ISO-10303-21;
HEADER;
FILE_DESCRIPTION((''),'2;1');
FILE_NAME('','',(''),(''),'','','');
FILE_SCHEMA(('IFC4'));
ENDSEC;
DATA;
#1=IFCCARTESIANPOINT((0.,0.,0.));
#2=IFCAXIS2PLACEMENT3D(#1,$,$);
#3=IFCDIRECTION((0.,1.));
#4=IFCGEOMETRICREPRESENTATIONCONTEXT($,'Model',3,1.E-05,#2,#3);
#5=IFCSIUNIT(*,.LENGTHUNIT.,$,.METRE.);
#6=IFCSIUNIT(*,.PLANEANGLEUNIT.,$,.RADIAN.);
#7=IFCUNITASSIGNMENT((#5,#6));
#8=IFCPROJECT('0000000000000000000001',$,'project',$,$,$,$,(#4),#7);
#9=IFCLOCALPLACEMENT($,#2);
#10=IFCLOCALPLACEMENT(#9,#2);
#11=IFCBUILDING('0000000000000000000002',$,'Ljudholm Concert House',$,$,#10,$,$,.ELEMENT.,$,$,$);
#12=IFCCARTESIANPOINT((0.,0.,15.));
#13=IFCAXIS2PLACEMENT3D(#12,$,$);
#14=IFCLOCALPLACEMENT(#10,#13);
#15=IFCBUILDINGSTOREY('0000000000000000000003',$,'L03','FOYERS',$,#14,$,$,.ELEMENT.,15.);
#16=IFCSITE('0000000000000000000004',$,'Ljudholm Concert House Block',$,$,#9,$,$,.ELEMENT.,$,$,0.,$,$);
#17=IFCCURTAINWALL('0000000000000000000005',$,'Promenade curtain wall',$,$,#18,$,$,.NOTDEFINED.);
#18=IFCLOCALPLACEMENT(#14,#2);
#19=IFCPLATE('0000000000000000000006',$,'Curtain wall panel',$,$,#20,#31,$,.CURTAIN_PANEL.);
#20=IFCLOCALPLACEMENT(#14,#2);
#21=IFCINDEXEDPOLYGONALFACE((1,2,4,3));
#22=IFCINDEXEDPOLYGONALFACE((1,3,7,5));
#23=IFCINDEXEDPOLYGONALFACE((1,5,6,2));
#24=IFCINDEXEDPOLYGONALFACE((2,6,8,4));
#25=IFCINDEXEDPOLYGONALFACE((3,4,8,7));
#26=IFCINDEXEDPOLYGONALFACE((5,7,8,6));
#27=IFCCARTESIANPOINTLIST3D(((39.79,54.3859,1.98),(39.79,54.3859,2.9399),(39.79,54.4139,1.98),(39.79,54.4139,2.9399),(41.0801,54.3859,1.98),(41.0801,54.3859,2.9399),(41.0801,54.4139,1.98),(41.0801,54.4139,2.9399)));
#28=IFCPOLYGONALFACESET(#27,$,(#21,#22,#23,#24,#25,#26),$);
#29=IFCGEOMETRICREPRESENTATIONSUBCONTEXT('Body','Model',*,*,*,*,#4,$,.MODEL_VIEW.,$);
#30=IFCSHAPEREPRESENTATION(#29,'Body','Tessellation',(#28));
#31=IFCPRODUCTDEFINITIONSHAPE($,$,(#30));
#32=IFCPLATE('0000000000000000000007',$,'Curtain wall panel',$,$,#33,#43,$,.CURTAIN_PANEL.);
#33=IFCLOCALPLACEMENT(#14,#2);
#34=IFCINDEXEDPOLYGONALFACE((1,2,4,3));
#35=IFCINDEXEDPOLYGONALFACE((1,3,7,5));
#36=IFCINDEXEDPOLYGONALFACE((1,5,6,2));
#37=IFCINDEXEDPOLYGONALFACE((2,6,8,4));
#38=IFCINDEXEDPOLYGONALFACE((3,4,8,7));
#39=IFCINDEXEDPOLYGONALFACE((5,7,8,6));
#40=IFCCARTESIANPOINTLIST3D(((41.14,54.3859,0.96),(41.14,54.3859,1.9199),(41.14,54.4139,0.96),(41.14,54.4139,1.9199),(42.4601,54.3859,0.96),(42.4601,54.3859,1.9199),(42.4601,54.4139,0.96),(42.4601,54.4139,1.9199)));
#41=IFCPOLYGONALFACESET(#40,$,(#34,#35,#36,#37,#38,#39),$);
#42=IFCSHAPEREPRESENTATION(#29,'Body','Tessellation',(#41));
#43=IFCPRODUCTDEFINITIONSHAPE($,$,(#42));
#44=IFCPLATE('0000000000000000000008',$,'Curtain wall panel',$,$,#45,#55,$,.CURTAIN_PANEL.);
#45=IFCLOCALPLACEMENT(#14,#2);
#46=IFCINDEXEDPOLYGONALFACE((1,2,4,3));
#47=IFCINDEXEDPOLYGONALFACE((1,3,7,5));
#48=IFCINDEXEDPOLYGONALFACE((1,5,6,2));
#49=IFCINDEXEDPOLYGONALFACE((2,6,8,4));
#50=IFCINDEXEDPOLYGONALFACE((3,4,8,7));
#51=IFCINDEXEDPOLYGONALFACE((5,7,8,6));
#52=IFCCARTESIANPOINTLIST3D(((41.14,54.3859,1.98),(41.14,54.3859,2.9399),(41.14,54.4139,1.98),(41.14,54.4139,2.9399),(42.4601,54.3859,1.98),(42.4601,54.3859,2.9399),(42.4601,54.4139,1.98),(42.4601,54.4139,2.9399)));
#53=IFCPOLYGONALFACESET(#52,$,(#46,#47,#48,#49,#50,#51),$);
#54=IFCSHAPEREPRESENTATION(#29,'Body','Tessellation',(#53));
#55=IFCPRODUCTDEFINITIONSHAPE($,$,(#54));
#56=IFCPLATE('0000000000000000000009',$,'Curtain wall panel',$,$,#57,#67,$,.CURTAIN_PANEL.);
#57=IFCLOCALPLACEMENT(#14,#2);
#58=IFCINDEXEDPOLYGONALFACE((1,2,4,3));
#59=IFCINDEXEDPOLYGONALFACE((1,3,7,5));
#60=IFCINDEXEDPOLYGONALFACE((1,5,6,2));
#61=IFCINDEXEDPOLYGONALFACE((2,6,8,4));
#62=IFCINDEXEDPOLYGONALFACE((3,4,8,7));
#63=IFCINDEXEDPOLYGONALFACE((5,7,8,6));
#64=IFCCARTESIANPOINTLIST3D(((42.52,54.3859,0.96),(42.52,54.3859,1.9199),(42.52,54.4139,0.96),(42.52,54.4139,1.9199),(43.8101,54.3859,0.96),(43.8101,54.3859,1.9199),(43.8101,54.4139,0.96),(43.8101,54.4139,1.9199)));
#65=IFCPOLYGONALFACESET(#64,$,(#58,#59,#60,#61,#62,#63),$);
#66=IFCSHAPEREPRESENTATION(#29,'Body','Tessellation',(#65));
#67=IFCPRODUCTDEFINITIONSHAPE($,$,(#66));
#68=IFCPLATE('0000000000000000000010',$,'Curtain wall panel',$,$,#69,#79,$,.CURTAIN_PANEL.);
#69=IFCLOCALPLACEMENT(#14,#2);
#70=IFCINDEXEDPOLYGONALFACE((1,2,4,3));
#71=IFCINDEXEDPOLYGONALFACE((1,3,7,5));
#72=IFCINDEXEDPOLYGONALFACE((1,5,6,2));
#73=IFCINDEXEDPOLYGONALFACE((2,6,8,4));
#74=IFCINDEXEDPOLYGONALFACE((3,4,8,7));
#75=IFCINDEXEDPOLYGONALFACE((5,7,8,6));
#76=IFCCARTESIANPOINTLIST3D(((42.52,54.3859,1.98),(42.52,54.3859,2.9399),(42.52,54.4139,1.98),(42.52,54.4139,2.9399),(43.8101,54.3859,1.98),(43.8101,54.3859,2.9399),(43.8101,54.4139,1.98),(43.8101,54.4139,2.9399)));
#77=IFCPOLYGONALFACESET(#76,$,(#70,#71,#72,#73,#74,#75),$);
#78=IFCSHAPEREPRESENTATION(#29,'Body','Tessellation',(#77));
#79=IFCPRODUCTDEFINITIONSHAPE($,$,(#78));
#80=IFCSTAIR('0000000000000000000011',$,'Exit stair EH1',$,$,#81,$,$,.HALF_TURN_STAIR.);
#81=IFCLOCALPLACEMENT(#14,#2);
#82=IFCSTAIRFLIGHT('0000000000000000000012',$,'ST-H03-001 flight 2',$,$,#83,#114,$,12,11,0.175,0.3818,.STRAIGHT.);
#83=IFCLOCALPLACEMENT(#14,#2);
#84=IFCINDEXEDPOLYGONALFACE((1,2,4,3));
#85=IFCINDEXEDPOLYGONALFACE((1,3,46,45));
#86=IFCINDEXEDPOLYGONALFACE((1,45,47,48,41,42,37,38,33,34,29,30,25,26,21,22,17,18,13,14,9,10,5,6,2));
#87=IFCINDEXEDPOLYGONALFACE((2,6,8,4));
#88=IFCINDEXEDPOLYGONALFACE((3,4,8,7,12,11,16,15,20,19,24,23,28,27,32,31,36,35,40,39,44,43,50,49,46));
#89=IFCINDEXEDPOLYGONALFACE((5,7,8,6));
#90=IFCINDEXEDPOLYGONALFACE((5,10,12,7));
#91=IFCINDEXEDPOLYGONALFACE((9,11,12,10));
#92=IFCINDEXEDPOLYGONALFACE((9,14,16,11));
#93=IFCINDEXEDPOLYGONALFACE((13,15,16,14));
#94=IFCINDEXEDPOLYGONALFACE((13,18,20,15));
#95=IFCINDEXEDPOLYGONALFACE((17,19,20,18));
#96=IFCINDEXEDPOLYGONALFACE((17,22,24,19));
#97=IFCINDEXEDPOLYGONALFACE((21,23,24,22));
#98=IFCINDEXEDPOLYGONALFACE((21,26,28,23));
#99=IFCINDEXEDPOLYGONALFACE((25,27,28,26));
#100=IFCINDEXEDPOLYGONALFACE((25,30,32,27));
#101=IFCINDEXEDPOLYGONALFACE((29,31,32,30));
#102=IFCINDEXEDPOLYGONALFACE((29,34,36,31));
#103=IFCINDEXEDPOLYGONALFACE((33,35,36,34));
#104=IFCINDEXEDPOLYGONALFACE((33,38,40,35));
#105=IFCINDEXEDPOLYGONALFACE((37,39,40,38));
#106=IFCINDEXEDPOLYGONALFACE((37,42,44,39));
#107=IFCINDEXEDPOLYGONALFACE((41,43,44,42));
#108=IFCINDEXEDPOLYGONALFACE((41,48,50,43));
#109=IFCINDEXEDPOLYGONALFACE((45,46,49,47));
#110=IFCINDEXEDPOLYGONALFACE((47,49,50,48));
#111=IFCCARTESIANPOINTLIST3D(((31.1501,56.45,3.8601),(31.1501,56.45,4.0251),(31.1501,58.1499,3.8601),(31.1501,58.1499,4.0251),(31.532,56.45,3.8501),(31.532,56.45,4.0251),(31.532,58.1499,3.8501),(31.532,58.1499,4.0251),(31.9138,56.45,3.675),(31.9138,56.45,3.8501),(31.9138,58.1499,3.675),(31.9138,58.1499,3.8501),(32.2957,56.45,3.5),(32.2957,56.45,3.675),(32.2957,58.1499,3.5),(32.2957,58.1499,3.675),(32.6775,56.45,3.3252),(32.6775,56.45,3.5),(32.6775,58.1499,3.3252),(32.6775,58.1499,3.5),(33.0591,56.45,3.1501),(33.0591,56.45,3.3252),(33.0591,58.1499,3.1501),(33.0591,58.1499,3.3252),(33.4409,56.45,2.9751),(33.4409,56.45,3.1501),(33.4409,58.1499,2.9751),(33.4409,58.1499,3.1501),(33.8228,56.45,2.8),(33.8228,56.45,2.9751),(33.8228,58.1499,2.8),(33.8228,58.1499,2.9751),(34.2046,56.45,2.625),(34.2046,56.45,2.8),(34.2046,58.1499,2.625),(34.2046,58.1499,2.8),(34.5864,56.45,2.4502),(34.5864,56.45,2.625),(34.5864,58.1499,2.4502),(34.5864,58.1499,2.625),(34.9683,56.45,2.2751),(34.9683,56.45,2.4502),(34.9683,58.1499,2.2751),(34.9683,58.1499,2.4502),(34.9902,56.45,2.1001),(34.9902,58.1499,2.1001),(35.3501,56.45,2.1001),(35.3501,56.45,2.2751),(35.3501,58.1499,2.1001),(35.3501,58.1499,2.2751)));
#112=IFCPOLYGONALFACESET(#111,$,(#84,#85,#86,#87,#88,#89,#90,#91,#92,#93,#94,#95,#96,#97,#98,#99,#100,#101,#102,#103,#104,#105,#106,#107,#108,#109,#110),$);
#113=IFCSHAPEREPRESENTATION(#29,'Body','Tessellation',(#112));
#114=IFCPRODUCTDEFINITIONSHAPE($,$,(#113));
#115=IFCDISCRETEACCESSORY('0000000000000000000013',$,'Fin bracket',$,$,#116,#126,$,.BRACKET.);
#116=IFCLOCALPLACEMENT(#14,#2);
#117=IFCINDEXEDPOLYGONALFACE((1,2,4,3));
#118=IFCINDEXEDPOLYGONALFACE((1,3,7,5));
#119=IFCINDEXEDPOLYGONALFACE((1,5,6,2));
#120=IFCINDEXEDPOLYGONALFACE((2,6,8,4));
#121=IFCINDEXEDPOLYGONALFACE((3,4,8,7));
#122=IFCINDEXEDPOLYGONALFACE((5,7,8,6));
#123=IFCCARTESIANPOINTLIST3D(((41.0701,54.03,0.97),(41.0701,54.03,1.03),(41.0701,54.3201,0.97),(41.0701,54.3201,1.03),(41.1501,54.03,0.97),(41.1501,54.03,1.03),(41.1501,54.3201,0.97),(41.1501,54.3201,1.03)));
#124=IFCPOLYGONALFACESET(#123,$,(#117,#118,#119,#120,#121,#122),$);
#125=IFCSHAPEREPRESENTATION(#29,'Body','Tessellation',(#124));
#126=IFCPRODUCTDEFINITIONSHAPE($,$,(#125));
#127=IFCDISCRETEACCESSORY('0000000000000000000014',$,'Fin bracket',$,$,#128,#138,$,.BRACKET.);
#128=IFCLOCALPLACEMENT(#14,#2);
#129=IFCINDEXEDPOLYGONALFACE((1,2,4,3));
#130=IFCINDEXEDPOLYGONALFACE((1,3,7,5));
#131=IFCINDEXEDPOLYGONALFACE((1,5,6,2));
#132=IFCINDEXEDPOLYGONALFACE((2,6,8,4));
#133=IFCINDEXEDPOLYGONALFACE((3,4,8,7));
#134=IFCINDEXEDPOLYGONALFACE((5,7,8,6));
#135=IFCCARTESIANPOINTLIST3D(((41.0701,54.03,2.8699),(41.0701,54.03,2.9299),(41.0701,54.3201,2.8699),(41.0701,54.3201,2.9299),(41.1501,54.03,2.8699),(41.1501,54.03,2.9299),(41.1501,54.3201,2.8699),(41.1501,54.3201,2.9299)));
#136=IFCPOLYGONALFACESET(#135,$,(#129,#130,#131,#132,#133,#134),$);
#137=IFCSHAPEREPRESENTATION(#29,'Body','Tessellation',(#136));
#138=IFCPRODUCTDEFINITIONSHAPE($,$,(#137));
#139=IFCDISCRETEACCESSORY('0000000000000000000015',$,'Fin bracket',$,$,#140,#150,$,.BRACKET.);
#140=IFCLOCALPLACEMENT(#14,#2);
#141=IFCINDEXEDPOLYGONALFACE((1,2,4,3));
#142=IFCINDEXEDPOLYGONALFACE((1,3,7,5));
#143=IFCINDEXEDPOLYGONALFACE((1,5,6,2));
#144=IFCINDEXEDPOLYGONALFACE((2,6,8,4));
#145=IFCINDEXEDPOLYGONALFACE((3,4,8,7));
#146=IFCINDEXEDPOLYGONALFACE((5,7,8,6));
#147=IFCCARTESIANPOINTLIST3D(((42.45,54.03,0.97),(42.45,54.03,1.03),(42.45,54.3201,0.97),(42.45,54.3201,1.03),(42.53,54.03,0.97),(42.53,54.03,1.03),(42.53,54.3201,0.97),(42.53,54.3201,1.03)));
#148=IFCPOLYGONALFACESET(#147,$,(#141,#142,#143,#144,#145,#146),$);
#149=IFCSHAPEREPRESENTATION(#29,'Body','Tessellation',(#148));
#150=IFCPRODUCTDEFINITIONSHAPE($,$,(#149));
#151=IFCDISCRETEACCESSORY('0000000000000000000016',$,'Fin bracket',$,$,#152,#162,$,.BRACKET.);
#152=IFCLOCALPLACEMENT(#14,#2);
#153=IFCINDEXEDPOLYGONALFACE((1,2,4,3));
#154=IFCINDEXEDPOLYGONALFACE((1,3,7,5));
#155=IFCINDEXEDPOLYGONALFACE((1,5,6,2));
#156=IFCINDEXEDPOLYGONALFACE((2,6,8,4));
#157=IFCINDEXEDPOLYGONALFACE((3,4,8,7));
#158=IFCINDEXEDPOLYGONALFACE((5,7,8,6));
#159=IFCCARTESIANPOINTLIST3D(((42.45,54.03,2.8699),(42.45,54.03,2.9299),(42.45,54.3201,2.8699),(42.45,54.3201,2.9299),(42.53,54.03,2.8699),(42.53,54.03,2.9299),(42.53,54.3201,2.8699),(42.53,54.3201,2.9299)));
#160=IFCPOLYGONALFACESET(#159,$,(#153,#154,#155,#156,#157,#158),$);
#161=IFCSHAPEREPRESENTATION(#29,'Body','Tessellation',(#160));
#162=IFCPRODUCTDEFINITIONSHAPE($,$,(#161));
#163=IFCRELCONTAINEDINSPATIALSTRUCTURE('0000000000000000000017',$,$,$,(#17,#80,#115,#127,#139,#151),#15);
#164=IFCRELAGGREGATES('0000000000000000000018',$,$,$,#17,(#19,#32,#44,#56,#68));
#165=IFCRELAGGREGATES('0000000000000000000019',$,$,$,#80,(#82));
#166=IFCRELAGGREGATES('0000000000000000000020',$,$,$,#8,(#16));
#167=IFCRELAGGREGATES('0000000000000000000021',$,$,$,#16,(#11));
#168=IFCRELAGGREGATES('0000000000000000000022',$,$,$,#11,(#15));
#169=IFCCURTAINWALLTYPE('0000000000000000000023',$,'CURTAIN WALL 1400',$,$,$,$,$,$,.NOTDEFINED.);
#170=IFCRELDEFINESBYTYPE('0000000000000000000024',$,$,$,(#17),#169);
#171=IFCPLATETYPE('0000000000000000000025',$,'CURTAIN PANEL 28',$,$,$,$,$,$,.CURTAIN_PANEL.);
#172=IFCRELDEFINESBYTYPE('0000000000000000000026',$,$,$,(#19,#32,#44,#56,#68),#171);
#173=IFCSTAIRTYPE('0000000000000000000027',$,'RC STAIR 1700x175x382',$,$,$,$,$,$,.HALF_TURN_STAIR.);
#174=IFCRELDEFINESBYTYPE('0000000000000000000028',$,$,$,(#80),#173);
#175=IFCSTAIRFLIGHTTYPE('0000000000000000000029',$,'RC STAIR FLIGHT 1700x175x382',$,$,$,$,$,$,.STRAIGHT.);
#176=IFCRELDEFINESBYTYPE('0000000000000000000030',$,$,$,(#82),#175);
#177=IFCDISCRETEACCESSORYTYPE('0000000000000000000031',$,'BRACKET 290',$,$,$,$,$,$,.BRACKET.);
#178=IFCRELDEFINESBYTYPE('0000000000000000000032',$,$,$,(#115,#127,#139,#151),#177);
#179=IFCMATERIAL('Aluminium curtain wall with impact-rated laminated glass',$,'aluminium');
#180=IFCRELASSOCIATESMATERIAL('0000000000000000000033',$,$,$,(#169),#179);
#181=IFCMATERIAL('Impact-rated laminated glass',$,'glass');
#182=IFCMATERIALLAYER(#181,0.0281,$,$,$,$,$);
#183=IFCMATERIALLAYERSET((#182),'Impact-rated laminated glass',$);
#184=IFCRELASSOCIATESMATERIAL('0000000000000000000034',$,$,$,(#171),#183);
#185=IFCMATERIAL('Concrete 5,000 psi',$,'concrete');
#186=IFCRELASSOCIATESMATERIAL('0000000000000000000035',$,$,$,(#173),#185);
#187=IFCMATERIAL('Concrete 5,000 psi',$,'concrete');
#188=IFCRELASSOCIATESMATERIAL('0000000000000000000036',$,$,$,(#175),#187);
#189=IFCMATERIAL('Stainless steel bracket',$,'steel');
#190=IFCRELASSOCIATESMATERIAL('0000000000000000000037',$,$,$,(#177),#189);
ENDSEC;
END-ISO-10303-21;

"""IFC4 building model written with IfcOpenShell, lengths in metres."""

from ifc_helpers import new_model, si_unit, direction, frame, origin, origin_2d, place, context, subcontext, project, spatial, polyline, rectangle, outline, extrude, material, layer, layer_set, type_object, element, aggregate, save


model = new_model("IFC4")

# Units and contexts
model_context = context("Model", 3, precision=1e-05, world=origin(), true_north=direction((0.0, 1.0)))
body_context = subcontext(model_context, "Body", "Model", "MODEL_VIEW")
ifc_project = project(units=[si_unit("LENGTHUNIT", "METRE"), si_unit("PLANEANGLEUNIT", "RADIAN")], contexts=[model_context])

# Site, building, storey
site_placement = place(None, origin())
site = spatial("IfcSite", under=ifc_project, at=site_placement, Name="Ljudholm Concert House Block", CompositionType="ELEMENT", RefElevation=0.0)
building_placement = place(site_placement, origin())
building = spatial("IfcBuilding", under=site, at=building_placement, Name="Ljudholm Concert House", CompositionType="ELEMENT")
storey_placement = place(building_placement, frame((0.0, 0.0, 15.0)))
storey = spatial("IfcBuildingStorey", under=building, at=storey_placement, Name="L03", Description="FOYERS", CompositionType="ELEMENT", Elevation=15.0)

# Curtain wall, plates
ifc_material_1 = material(Name="Aluminium curtain wall with impact-rated laminated glass", Category="aluminium")
curtain_wall_type = type_object("IfcCurtainWallType", Name="CURTAIN WALL 1400", PredefinedType="NOTDEFINED", material=ifc_material_1)
curtain_wall_placement = place(storey_placement, origin())
curtain_wall = element("IfcCurtainWall", 1, at=curtain_wall_placement, inside=storey, type_object=curtain_wall_type, Name="Promenade curtain wall", PredefinedType="NOTDEFINED")
ifc_material_2 = material(Name="Impact-rated laminated glass", Category="glass")
ifc_layer = layer(ifc_material_2, 0.0281)
ifc_layer_set = layer_set([ifc_layer], Name="Impact-rated laminated glass")
plate_type = type_object("IfcPlateType", Name="CURTAIN PANEL 28", PredefinedType="CURTAIN_PANEL", material=ifc_layer_set)
plate_1_placement = place(storey_placement, frame((40.4351, 54.3999, 1.98), z_axis=(0.0, 0.0, 1.0), x_axis=(1.0, 0.0, 0.0)))
plate_1 = element("IfcPlate", 2, at=plate_1_placement, type_object=plate_type, Name="Curtain wall panel", PredefinedType="CURTAIN_PANEL", context=body_context, shape_type="SweptSolid", body=[
    extrude(rectangle(XDim=1.29, YDim=0.0281, at=origin_2d()), origin(), (0.0, 0.0, 1.0), 0.96),
])
plate_2_placement = place(storey_placement, frame((41.8, 54.3999, 0.96), z_axis=(0.0, 0.0, 1.0), x_axis=(1.0, 0.0, 0.0)))
plate_2 = element("IfcPlate", 3, at=plate_2_placement, type_object=plate_type, Name="Curtain wall panel", PredefinedType="CURTAIN_PANEL", context=body_context, shape_type="SweptSolid", body=[
    extrude(rectangle(XDim=1.3201, YDim=0.0281, at=origin_2d()), origin(), (0.0, 0.0, 1.0), 0.96),
])
plate_3_placement = place(storey_placement, frame((41.8, 54.3999, 1.98), z_axis=(0.0, 0.0, 1.0), x_axis=(1.0, 0.0, 0.0)))
plate_3 = element("IfcPlate", 4, at=plate_3_placement, type_object=plate_type, Name="Curtain wall panel", PredefinedType="CURTAIN_PANEL", context=body_context, shape_type="SweptSolid", body=[
    extrude(rectangle(XDim=1.3201, YDim=0.0281, at=origin_2d()), origin(), (0.0, 0.0, 1.0), 0.96),
])
plate_4_placement = place(storey_placement, frame((43.165, 54.3999, 0.96), z_axis=(0.0, 0.0, 1.0), x_axis=(1.0, 0.0, 0.0)))
plate_4 = element("IfcPlate", 5, at=plate_4_placement, type_object=plate_type, Name="Curtain wall panel", PredefinedType="CURTAIN_PANEL", context=body_context, shape_type="SweptSolid", body=[
    extrude(rectangle(XDim=1.29, YDim=0.0281, at=origin_2d()), origin(), (0.0, 0.0, 1.0), 0.96),
])
plate_5_placement = place(storey_placement, frame((43.165, 54.3999, 1.98), z_axis=(0.0, 0.0, 1.0), x_axis=(1.0, 0.0, 0.0)))
plate_5 = element("IfcPlate", 6, at=plate_5_placement, type_object=plate_type, Name="Curtain wall panel", PredefinedType="CURTAIN_PANEL", context=body_context, shape_type="SweptSolid", body=[
    extrude(rectangle(XDim=1.29, YDim=0.0281, at=origin_2d()), origin(), (0.0, 0.0, 1.0), 0.96),
])
aggregate(curtain_wall, [plate_1, plate_2, plate_3, plate_4, plate_5])

# Stair, stair flight
ifc_material_3 = material(Name="Concrete 5,000 psi", Category="concrete")
stair_type = type_object("IfcStairType", Name="RC STAIR 1700x175x382", PredefinedType="HALF_TURN_STAIR", material=ifc_material_3)
stair_placement = place(storey_placement, origin())
stair = element("IfcStair", 7, at=stair_placement, inside=storey, type_object=stair_type, Name="Exit stair EH1", PredefinedType="HALF_TURN_STAIR")
ifc_material_4 = material(Name="Concrete 5,000 psi", Category="concrete")
stair_flight_type = type_object("IfcStairFlightType", Name="RC STAIR FLIGHT 1700x175x382", PredefinedType="STRAIGHT", material=ifc_material_4)
stair_flight_placement = place(storey_placement, frame((35.3501, 57.3, 2.1001), z_axis=(0.0, 0.0, 1.0), x_axis=(-1.0, 0.0, 0.0)))
stair_flight = element("IfcStairFlight", 8, at=stair_flight_placement, type_object=stair_flight_type, Name="ST-H03-001 flight 2", NumberOfRisers=12, NumberOfTreads=11, PredefinedType="STRAIGHT", RiserHeight=0.175, TreadLength=0.3818, context=body_context, shape_type="SweptSolid", body=[
    extrude(outline(polyline([(0.0, 0.0), (0.0, 0.175), (0.3818, 0.175), (0.3818, 0.3501), (0.7637, 0.3501), (0.7637, 0.5249), (1.1455, 0.5249), (1.1455, 0.7), (1.5273, 0.7), (1.5273, 0.875), (1.9092, 0.875), (1.9092, 1.05), (2.291, 1.05), (2.291, 1.2251), (2.6726, 1.2251), (2.6726, 1.3999), (3.0544, 1.3999), (3.0544, 1.575), (3.4363, 1.575), (3.4363, 1.75), (3.8181, 1.75), (3.8181, 1.925), (4.2, 1.925), (4.2, 2.1001), (4.2, 1.76), (0.3599, 0.0), (0.0, 0.0)])), frame((0.0, 0.8501, 0.0), z_axis=(0.0, -1.0, 0.0), x_axis=(1.0, 0.0, 0.0)), (0.0, 0.0, 1.0), 1.7),
])
aggregate(stair, [stair_flight])

# Discrete accessories
ifc_material_5 = material(Name="Stainless steel bracket", Category="steel")
discrete_accessory_type = type_object("IfcDiscreteAccessoryType", Name="BRACKET 290", PredefinedType="BRACKET", material=ifc_material_5)
for number, where, z_axis, x_axis, name in (
    (9, (41.1101, 54.175, 0.97), (0.0, 0.0, 1.0), (0.0, -1.0, 0.0), "Fin bracket"),
    (10, (41.1101, 54.175, 2.8699), (0.0, 0.0, 1.0), (0.0, -1.0, 0.0), "Fin bracket"),
    (11, (42.49, 54.175, 0.97), (0.0, 0.0, 1.0), (0.0, -1.0, 0.0), "Fin bracket"),
    (12, (42.49, 54.175, 2.8699), (0.0, 0.0, 1.0), (0.0, -1.0, 0.0), "Fin bracket"),
):
    element("IfcDiscreteAccessory", number, at=place(storey_placement, frame(where, z_axis=z_axis, x_axis=x_axis)), inside=storey, type_object=discrete_accessory_type, Name=name, PredefinedType="BRACKET", context=body_context, shape_type="SweptSolid", body=[
        extrude(rectangle(XDim=0.29, YDim=0.0801, at=origin_2d()), origin(), (0.0, 0.0, 1.0), 0.0601),
    ])

save(model, "model.ifc")
